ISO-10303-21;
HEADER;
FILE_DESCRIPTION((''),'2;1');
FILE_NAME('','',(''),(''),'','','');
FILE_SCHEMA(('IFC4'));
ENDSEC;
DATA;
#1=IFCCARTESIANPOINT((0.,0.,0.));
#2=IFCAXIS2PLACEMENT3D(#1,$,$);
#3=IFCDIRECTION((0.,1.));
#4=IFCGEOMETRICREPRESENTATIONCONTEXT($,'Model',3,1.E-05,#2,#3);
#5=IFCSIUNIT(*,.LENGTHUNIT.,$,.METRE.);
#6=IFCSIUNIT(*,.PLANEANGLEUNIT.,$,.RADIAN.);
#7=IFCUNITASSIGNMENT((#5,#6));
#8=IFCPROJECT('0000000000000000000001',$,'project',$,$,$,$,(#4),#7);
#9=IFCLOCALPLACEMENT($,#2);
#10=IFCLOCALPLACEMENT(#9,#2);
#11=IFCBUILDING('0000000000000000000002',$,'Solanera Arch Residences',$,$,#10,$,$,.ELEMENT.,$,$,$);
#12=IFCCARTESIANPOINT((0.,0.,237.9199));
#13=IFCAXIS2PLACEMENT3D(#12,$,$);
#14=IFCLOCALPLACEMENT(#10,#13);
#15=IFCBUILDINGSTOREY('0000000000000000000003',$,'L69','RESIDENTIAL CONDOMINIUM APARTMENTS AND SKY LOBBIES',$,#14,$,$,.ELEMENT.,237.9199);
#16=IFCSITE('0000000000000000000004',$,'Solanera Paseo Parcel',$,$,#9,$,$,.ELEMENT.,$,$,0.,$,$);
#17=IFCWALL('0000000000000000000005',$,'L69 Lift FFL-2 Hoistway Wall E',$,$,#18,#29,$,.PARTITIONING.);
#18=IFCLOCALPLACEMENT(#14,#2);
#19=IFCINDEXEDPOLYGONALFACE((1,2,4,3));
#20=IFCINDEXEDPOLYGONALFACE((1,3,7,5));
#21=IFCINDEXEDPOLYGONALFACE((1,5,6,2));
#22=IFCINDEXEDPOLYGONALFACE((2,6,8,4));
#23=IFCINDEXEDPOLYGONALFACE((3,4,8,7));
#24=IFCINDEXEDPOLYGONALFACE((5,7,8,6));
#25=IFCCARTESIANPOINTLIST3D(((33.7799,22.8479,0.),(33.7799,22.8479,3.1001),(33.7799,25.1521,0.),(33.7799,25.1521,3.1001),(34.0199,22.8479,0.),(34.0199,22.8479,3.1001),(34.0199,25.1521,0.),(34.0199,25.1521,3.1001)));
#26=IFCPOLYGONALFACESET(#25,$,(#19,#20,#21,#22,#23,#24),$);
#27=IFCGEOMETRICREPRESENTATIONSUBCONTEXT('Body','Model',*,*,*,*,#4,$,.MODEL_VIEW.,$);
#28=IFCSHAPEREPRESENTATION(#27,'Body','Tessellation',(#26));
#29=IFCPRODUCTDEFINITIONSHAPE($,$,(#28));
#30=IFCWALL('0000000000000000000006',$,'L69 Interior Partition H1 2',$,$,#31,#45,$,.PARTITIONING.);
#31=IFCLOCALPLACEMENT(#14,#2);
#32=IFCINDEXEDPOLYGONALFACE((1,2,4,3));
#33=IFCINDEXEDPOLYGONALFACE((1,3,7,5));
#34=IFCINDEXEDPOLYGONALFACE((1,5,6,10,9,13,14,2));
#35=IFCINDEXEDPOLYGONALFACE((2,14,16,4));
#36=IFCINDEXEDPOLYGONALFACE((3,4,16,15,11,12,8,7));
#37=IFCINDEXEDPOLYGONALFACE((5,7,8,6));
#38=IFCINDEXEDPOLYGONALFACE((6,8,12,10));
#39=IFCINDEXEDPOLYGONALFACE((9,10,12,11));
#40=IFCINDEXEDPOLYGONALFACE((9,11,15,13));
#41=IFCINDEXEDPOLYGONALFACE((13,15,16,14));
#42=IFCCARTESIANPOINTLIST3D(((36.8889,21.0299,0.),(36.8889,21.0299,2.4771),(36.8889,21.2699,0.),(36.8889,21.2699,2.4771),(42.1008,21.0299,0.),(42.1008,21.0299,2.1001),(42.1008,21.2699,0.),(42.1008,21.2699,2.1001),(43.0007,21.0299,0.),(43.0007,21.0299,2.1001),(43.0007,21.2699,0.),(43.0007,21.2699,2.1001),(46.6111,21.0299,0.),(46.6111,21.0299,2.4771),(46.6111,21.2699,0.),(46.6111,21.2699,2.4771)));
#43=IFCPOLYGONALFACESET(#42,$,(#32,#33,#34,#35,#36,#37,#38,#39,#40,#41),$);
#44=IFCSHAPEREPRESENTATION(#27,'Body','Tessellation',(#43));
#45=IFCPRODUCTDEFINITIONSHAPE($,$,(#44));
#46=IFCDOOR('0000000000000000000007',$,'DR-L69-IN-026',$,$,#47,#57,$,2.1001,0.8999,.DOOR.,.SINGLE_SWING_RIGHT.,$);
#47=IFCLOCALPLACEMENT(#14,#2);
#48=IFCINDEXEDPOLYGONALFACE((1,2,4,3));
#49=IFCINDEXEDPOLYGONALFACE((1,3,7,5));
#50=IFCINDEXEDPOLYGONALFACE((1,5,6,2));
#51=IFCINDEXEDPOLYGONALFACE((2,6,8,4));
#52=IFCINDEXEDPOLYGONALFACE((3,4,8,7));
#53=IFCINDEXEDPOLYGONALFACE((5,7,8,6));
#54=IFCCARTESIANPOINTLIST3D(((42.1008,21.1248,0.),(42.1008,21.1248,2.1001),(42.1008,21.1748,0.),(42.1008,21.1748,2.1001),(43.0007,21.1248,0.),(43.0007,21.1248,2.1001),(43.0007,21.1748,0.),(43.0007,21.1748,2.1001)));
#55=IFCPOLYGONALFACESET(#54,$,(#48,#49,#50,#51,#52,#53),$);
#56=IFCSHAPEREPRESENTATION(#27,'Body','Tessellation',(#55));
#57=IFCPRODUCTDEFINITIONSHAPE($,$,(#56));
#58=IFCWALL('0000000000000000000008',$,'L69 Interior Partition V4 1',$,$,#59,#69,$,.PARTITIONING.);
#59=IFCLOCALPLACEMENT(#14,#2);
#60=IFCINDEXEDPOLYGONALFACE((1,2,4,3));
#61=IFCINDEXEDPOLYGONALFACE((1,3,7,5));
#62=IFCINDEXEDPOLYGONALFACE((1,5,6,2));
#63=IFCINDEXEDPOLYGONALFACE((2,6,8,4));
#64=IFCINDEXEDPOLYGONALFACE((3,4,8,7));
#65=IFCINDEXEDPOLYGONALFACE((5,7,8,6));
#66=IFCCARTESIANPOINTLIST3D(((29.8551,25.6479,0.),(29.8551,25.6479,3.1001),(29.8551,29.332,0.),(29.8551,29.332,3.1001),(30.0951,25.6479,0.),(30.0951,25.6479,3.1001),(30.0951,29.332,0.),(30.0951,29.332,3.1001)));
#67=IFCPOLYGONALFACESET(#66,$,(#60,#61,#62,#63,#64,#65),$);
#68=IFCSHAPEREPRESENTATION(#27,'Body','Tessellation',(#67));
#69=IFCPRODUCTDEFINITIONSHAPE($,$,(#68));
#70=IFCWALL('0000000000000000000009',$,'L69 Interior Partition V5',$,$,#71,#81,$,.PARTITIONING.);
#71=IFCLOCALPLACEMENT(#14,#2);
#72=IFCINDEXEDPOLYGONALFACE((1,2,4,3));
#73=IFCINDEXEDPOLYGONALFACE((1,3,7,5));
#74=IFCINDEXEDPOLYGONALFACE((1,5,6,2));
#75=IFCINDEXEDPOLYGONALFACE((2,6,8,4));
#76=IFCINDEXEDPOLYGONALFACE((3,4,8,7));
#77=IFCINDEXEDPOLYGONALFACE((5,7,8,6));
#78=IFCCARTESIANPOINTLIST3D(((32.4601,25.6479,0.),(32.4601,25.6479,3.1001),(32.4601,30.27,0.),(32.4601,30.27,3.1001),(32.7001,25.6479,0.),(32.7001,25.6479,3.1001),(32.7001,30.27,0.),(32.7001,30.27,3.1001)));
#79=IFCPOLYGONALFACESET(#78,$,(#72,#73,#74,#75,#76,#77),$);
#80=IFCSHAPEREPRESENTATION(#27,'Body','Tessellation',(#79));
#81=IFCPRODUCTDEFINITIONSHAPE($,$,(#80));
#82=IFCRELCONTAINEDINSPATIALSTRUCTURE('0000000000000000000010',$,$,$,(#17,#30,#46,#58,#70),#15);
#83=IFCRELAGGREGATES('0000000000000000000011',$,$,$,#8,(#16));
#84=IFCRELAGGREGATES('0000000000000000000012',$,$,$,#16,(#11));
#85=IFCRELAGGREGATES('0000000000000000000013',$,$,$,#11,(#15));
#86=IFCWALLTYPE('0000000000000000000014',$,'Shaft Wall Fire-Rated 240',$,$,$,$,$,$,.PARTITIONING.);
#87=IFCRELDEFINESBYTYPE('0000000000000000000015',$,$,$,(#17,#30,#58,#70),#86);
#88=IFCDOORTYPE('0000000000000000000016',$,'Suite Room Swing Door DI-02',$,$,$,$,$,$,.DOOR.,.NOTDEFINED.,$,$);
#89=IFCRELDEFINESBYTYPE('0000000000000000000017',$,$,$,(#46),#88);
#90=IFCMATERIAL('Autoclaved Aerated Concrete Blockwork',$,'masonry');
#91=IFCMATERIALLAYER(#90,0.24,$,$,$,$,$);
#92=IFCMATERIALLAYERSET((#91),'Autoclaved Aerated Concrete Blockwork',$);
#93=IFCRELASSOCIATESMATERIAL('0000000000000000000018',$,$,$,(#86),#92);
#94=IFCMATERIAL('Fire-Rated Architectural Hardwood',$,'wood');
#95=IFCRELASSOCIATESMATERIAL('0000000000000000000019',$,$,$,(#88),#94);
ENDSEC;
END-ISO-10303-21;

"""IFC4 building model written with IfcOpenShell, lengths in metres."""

from ifc_helpers import new_model, si_unit, direction, frame, frame_2d, origin, place, context, subcontext, project, spatial, rectangle, extrude, material, layer, layer_set, type_object, element, fill, save


model = new_model("IFC4")

# Units and contexts
model_context = context("Model", 3, precision=1e-05, world=origin(), true_north=direction((0.0, 1.0)))
body_context = subcontext(model_context, "Body", "Model", "MODEL_VIEW")
ifc_project = project(units=[si_unit("LENGTHUNIT", "METRE"), si_unit("PLANEANGLEUNIT", "RADIAN")], contexts=[model_context])

# Site, building, storey
site_placement = place(None, origin())
site = spatial("IfcSite", under=ifc_project, at=site_placement, Name="Solanera Paseo Parcel", CompositionType="ELEMENT", RefElevation=0.0)
building_placement = place(site_placement, origin())
building = spatial("IfcBuilding", under=site, at=building_placement, Name="Solanera Arch Residences", CompositionType="ELEMENT")
storey_placement = place(building_placement, frame((0.0, 0.0, 237.9199)))
storey = spatial("IfcBuildingStorey", under=building, at=storey_placement, Name="L69", Description="RESIDENTIAL CONDOMINIUM APARTMENTS AND SKY LOBBIES", CompositionType="ELEMENT", Elevation=237.9199)

# Wall
ifc_material_1 = material(Name="Autoclaved Aerated Concrete Blockwork", Category="masonry")
ifc_layer_1 = layer(ifc_material_1, 0.24)
ifc_layer_set_1 = layer_set([ifc_layer_1], Name="Autoclaved Aerated Concrete Blockwork")
wall_type_1 = type_object("IfcWallType", Name="Shaft Wall Fire-Rated 240", PredefinedType="PARTITIONING", material=ifc_layer_set_1)
wall_1_placement = place(storey_placement, frame((33.8999, 22.8479, 0.0), z_axis=(0.0, 0.0, 1.0), x_axis=(0.0, 1.0, 0.0)))
element("IfcWall", 1, at=wall_1_placement, inside=storey, type_object=wall_type_1, Name="L69 Lift FFL-2 Hoistway Wall E", PredefinedType="PARTITIONING", context=body_context, shape_type="SweptSolid", body=[
    extrude(rectangle(XDim=2.3042, YDim=0.24, at=frame_2d((1.1521, 0.0))), origin(), (0.0, 0.0, 1.0), 3.1001),
])

# Wall, opening, door
wall_2_placement = place(storey_placement, frame((36.8889, 21.1499, 0.0), z_axis=(0.0, 0.0, 1.0), x_axis=(1.0, 0.0, 0.0)))
wall_2 = element("IfcWall", 2, at=wall_2_placement, inside=storey, type_object=wall_type_1, Name="L69 Interior Partition H1 2", PredefinedType="PARTITIONING", context=body_context, shape_type="SweptSolid", body=[
    extrude(rectangle(XDim=9.7222, YDim=0.24, at=frame_2d((4.8611, 0.0))), origin(), (0.0, 0.0, 1.0), 2.4771),
])
opening_1_placement = place(wall_2_placement, frame((5.2119, 0.0, 0.0)))
opening_1 = element("IfcOpeningElement", 3, at=opening_1_placement, cuts=wall_2, PredefinedType="OPENING", context=body_context, shape_type="SweptSolid", body=[
    extrude(rectangle(XDim=0.8999, YDim=2.1001, at=frame_2d((0.45, 1.05))), frame((0.0, 0.1299, 0.0), z_axis=(0.0, -1.0, 0.0), x_axis=(1.0, 0.0, 0.0)), (0.0, 0.0, 1.0), 0.26),
])
ifc_material_2 = material(Name="Fire-Rated Architectural Hardwood", Category="wood")
door_type_1 = type_object("IfcDoorType", Name="Suite Room Swing Door DI-02", OperationType="NOTDEFINED", PredefinedType="DOOR", material=ifc_material_2)
door_1_placement = place(opening_1_placement, origin())
door_1 = element("IfcDoor", 4, at=door_1_placement, inside=storey, type_object=door_type_1, Name="DR-L69-IN-026", OperationType="SINGLE_SWING_RIGHT", OverallHeight=2.1001, OverallWidth=0.8999, PredefinedType="DOOR", context=body_context, shape_type="SweptSolid", body=[
    extrude(rectangle(XDim=0.8999, YDim=2.1001, at=frame_2d((0.45, 1.05))), frame((0.0, 0.0249, 0.0), z_axis=(0.0, -1.0, 0.0), x_axis=(1.0, 0.0, 0.0)), (0.0, 0.0, 1.0), 0.05),
])
fill(opening_1, door_1)

# Wall
wall_3_placement = place(storey_placement, frame((29.9751, 25.6479, 0.0), z_axis=(0.0, 0.0, 1.0), x_axis=(0.0, 1.0, 0.0)))
element("IfcWall", 5, at=wall_3_placement, inside=storey, type_object=wall_type_1, Name="L69 Interior Partition V4 1", PredefinedType="PARTITIONING", context=body_context, shape_type="SweptSolid", body=[
    extrude(rectangle(XDim=3.6841, YDim=0.24, at=frame_2d((1.842, 0.0))), origin(), (0.0, 0.0, 1.0), 3.1001),
])

# Wall
wall_4_placement = place(storey_placement, frame((32.5801, 25.6479, 0.0), z_axis=(0.0, 0.0, 1.0), x_axis=(0.0, 1.0, 0.0)))
element("IfcWall", 6, at=wall_4_placement, inside=storey, type_object=wall_type_1, Name="L69 Interior Partition V5", PredefinedType="PARTITIONING", context=body_context, shape_type="SweptSolid", body=[
    extrude(rectangle(XDim=4.6221, YDim=0.24, at=frame_2d((2.311, 0.0))), origin(), (0.0, 0.0, 1.0), 3.1001),
])

save(model, "model.ifc")
